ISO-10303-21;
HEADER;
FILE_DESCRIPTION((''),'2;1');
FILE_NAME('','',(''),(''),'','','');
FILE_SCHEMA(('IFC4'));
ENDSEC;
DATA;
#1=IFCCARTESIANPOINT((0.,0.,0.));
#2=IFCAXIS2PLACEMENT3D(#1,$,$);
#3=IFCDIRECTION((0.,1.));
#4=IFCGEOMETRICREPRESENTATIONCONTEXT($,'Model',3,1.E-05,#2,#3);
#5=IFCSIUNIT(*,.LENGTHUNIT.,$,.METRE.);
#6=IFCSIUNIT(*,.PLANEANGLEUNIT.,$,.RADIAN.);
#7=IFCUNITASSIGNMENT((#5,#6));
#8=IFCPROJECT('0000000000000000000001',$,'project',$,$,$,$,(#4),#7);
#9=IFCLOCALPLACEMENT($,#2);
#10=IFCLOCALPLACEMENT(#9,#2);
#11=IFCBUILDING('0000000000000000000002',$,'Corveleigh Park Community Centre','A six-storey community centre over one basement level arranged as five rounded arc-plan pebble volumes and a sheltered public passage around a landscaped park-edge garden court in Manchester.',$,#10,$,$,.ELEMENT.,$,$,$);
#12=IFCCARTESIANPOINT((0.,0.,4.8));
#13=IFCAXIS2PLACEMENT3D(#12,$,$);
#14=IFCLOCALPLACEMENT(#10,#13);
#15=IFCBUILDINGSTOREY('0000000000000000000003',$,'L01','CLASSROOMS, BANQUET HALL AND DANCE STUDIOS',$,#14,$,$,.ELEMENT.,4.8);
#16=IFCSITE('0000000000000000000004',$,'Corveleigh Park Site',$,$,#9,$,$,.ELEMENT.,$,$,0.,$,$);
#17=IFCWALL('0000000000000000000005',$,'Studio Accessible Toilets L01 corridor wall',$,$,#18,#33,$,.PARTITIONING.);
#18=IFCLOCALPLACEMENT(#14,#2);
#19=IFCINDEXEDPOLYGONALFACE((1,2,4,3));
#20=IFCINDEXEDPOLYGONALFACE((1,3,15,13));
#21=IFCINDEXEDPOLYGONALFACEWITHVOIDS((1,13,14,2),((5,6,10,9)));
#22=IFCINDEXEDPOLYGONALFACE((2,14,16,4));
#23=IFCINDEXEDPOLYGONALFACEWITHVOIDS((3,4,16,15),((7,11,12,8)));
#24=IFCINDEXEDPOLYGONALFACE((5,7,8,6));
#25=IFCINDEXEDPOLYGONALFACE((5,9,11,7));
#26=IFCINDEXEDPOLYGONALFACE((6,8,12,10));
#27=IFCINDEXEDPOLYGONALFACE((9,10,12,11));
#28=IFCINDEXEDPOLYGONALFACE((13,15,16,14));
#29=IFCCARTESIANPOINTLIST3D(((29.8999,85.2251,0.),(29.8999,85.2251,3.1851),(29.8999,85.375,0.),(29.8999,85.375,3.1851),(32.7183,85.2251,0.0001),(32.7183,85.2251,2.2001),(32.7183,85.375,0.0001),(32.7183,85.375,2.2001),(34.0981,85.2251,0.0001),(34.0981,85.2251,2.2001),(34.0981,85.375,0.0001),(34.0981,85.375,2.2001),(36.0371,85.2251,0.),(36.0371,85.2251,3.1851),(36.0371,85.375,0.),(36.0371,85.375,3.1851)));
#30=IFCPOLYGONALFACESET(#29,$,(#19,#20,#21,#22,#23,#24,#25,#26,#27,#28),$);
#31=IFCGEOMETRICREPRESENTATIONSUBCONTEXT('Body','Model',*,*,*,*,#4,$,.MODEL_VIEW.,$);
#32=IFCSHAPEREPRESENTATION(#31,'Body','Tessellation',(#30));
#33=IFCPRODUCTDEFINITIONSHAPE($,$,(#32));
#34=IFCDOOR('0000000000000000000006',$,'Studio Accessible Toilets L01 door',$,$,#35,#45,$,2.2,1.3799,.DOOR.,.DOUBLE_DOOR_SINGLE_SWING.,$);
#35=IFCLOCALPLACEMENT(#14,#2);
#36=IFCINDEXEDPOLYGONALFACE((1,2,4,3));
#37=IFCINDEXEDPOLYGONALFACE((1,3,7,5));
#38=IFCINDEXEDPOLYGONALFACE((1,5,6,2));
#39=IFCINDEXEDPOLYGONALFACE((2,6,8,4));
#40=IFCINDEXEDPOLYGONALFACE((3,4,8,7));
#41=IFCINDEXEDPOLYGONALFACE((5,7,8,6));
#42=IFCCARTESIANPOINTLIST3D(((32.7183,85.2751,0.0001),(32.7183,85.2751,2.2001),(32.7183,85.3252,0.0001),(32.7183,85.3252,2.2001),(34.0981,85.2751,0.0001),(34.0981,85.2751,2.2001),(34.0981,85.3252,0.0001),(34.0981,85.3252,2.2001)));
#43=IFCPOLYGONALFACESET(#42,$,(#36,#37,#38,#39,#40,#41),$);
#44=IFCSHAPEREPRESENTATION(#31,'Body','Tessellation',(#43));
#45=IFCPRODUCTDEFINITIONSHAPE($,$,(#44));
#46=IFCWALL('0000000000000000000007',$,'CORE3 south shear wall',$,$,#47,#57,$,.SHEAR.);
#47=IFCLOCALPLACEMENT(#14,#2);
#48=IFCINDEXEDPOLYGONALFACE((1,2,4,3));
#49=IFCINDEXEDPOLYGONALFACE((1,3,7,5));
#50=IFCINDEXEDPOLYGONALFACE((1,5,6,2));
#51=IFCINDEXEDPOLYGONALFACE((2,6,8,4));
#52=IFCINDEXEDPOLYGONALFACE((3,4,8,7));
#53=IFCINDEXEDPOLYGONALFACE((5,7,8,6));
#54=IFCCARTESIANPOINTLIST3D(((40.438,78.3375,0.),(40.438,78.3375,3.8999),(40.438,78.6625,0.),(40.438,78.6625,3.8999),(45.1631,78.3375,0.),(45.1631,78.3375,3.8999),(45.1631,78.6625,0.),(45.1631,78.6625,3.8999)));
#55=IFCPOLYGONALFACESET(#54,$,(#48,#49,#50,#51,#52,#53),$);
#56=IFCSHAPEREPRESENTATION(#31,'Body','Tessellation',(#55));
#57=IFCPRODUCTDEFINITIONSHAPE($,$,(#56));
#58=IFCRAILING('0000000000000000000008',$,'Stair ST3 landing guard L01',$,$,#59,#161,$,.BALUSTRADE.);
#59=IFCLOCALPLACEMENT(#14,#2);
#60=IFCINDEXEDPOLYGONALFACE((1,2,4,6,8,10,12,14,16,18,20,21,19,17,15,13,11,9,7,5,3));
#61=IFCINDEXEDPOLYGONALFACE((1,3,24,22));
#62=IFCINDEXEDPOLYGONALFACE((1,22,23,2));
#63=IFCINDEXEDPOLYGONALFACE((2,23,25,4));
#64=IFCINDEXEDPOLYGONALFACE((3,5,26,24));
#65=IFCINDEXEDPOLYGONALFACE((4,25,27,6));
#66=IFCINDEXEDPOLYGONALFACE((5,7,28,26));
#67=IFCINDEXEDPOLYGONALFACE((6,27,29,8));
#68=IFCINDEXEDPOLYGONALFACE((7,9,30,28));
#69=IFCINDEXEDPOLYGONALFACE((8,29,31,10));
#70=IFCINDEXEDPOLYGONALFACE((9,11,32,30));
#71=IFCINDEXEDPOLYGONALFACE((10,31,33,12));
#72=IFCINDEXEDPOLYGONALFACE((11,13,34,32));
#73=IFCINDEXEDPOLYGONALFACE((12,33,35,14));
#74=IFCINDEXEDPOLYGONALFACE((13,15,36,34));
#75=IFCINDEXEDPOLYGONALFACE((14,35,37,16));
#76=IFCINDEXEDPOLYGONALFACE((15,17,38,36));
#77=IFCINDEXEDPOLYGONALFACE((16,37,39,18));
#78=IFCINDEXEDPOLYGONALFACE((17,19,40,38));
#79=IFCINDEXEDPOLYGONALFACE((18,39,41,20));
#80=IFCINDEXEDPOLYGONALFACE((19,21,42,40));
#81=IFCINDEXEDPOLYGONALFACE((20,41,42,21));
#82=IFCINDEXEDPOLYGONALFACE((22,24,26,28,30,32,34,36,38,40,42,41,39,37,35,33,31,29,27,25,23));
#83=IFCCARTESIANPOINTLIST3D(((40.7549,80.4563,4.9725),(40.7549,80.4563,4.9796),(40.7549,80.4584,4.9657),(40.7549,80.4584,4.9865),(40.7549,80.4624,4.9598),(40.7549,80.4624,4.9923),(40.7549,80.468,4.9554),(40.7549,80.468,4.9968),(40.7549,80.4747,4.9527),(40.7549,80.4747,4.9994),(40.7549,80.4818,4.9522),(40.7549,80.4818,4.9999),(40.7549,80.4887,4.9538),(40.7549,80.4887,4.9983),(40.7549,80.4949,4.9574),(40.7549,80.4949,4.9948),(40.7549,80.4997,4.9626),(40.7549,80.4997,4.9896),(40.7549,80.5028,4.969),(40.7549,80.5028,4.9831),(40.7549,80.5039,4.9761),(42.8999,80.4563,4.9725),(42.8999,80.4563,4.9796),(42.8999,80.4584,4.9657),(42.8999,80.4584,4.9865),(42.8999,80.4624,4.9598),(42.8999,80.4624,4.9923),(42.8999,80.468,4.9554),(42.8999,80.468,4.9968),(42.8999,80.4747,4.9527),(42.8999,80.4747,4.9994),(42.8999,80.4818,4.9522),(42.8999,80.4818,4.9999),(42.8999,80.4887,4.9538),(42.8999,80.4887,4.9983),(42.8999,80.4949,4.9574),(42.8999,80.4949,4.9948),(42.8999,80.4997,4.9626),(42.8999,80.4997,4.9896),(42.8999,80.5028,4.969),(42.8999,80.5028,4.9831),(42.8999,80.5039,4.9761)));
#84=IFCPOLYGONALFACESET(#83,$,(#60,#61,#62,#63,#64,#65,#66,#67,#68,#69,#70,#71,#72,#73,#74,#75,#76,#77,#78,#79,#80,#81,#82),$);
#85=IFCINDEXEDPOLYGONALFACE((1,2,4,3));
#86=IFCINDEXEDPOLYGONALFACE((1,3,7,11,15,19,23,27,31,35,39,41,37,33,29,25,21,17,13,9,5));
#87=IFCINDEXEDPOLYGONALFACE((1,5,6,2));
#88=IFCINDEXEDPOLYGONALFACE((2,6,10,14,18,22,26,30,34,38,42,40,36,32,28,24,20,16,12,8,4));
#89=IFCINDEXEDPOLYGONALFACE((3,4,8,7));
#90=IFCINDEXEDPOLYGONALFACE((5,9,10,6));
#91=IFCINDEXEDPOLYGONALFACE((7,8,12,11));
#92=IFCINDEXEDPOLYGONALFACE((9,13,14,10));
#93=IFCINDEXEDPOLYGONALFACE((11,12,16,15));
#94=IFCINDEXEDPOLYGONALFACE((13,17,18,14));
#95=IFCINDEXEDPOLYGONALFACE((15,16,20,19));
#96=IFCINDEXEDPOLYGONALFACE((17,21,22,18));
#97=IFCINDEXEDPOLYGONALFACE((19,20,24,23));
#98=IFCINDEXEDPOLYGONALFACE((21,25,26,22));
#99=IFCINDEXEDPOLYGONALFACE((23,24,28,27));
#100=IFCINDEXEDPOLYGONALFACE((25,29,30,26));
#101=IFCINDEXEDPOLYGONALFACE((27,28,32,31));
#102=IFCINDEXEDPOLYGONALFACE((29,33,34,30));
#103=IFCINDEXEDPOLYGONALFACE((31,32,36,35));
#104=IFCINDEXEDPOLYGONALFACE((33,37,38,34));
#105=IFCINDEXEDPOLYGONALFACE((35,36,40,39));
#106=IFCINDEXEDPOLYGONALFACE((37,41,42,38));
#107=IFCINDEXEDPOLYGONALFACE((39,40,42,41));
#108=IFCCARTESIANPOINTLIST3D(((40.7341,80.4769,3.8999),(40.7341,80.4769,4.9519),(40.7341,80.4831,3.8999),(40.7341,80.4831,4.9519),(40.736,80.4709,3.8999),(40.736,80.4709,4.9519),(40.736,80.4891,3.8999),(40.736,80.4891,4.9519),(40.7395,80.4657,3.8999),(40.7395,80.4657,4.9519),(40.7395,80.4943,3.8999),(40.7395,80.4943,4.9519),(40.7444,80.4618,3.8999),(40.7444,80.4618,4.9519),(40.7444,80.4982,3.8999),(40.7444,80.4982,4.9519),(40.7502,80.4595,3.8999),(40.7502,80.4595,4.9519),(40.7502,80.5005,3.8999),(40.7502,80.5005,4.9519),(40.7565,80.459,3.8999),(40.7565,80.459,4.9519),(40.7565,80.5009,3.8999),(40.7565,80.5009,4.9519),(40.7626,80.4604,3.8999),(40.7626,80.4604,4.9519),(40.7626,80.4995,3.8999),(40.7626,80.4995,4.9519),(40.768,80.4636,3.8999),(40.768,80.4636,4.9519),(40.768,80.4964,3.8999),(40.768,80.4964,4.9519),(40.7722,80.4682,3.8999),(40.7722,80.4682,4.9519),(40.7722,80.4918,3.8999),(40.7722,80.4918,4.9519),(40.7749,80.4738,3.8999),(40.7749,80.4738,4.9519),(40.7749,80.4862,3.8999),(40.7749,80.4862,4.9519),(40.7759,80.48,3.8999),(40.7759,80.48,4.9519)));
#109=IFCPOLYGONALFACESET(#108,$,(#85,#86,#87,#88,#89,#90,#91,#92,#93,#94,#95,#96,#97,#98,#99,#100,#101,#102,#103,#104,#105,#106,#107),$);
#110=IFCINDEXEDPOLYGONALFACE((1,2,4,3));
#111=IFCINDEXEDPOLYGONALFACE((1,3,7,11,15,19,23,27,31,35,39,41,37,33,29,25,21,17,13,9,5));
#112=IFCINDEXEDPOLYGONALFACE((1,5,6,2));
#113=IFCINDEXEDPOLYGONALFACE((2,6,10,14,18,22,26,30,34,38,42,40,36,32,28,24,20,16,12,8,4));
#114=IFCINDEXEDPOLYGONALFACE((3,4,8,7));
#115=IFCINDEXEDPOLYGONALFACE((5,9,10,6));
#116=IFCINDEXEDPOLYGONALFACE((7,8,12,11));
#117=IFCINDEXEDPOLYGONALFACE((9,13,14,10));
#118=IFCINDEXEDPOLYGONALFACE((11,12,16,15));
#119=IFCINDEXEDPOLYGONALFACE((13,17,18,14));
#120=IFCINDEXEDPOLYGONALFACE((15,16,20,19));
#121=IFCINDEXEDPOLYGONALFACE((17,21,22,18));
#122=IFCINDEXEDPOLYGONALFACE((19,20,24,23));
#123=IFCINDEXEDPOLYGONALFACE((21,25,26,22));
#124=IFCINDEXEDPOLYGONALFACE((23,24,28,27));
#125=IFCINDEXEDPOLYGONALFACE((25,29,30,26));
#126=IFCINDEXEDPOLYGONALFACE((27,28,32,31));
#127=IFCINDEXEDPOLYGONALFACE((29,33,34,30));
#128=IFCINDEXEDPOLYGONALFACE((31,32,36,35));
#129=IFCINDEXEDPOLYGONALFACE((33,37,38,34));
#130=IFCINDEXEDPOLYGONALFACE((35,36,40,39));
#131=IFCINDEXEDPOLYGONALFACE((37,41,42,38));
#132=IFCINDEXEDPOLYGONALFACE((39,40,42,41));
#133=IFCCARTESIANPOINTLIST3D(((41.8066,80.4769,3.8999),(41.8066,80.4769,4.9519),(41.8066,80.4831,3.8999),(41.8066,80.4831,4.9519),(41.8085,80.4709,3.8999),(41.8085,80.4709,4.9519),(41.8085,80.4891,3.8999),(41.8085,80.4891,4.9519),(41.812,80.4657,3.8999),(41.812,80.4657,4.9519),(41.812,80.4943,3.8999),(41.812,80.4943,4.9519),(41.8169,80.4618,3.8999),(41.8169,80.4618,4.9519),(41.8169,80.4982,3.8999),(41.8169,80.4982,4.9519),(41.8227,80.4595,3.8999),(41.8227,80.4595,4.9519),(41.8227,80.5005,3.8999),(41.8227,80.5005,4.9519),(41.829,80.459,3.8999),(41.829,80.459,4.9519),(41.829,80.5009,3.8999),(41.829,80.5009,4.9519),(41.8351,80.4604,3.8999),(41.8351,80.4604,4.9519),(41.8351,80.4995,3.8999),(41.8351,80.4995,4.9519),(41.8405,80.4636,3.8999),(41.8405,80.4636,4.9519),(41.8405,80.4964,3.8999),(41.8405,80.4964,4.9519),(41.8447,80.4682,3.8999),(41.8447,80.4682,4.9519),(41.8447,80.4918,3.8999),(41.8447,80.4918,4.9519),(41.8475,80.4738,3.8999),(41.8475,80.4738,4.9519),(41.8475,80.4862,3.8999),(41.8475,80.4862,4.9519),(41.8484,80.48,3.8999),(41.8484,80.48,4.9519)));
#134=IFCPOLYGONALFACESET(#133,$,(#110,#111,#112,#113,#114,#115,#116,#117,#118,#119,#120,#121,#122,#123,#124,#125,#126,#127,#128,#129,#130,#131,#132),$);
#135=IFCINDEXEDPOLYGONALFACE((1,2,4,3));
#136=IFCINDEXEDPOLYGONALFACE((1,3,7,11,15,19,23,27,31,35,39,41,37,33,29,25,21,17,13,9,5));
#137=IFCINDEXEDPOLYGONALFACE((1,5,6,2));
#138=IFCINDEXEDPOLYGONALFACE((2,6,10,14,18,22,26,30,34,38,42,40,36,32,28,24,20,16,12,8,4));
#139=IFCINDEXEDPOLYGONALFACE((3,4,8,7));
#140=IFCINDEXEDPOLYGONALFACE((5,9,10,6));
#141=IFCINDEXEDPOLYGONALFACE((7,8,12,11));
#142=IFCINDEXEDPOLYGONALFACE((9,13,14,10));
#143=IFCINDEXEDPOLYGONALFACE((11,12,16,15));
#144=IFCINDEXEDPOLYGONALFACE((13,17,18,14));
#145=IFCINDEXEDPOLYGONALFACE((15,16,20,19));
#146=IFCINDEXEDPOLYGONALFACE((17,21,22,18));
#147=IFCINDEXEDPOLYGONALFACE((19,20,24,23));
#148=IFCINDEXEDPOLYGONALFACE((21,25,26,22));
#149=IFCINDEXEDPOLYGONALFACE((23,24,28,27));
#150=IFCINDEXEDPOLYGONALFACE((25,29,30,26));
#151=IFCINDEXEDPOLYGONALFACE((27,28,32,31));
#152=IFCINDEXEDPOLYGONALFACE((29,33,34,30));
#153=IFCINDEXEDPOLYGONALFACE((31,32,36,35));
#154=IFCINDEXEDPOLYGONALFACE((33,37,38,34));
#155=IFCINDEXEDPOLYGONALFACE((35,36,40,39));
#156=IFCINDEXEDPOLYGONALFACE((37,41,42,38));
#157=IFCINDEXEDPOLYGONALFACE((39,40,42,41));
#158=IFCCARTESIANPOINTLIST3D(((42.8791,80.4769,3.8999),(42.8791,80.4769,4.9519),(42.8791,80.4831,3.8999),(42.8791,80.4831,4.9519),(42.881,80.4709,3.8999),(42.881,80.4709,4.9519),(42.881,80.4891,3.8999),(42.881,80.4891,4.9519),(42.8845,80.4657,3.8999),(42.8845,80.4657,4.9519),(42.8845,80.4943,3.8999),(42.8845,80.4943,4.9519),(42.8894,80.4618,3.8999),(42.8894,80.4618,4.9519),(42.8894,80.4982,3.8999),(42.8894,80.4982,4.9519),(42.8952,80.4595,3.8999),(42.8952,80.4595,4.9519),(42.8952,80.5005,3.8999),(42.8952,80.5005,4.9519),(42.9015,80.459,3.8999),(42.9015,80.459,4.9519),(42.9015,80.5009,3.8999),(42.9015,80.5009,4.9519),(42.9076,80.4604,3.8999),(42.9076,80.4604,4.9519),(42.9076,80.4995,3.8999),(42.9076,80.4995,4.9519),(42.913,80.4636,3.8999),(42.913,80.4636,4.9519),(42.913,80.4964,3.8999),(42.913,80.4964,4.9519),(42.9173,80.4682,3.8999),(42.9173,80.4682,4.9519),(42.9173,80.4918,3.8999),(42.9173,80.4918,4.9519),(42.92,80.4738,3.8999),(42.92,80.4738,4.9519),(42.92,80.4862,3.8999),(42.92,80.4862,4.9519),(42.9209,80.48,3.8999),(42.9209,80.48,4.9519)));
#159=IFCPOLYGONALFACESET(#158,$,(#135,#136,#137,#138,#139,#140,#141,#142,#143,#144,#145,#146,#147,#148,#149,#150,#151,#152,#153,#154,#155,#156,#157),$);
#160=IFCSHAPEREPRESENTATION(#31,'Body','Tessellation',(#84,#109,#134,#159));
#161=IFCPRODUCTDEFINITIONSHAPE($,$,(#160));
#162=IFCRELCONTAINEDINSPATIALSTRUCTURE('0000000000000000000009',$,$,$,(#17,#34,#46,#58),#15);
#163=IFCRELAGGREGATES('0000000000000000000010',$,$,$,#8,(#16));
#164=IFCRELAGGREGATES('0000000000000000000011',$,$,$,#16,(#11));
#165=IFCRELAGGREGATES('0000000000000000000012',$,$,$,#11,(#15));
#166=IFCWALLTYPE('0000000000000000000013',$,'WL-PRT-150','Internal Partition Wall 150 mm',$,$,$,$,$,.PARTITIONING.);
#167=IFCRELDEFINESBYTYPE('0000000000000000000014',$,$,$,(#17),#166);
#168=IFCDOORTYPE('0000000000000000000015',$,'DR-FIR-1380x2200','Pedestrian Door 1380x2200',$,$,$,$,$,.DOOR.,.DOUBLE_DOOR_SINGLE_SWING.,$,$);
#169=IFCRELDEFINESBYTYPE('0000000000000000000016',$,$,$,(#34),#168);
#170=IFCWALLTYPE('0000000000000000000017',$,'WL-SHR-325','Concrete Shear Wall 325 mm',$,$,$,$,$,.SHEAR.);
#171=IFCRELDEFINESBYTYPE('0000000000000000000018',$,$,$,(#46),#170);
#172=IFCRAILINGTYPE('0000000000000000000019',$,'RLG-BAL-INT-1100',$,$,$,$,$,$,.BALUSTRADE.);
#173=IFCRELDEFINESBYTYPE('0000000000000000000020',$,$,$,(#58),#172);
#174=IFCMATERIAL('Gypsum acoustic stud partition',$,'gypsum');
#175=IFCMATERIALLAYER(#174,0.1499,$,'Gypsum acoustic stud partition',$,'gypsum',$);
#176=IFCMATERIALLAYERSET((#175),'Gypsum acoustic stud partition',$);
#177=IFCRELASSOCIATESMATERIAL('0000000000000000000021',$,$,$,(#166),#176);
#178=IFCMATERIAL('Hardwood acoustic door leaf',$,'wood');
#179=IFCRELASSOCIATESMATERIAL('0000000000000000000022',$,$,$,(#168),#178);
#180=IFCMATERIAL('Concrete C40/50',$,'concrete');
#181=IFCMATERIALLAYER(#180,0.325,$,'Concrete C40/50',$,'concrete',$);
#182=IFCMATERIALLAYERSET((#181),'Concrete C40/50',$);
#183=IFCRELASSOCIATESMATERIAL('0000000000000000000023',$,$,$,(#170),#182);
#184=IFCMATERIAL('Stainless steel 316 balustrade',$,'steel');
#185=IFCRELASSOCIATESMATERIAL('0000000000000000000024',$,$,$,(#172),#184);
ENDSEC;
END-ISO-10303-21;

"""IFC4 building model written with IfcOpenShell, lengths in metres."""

from ifc_helpers import new_model, si_unit, direction, frame, frame_2d, origin, origin_2d, place, context, subcontext, project, spatial, rectangle, circle, extrude, material, layer, layer_set, type_object, element, fill, save


model = new_model("IFC4")

# Units and contexts
model_context = context("Model", 3, precision=1e-05, world=origin(), true_north=direction((0.0, 1.0)))
body_context = subcontext(model_context, "Body", "Model", "MODEL_VIEW")
ifc_project = project(units=[si_unit("LENGTHUNIT", "METRE"), si_unit("PLANEANGLEUNIT", "RADIAN")], contexts=[model_context])

# Site, building, storey
site_placement = place(None, origin())
site = spatial("IfcSite", under=ifc_project, at=site_placement, Name="Corveleigh Park Site", CompositionType="ELEMENT", RefElevation=0.0)
building_placement = place(site_placement, origin())
building = spatial("IfcBuilding", under=site, at=building_placement, Name="Corveleigh Park Community Centre", Description="A six-storey community centre over one basement level arranged as five rounded arc-plan pebble volumes and a sheltered public passage around a landscaped park-edge garden court in Manchester.", CompositionType="ELEMENT")
storey_placement = place(building_placement, frame((0.0, 0.0, 4.8)))
storey = spatial("IfcBuildingStorey", under=building, at=storey_placement, Name="L01", Description="CLASSROOMS, BANQUET HALL AND DANCE STUDIOS", CompositionType="ELEMENT", Elevation=4.8)

# Shared definitions
ifc_material_1 = material(Name="Gypsum acoustic stud partition", Category="gypsum")
ifc_material_2 = material(Name="Hardwood acoustic door leaf", Category="wood")

# Shared definitions
ifc_layer_1 = layer(ifc_material_1, 0.1499, Name="Gypsum acoustic stud partition", Category="gypsum")
ifc_layer_set_1 = layer_set([ifc_layer_1], Name="Gypsum acoustic stud partition")
wall_type_1 = type_object("IfcWallType", Name="WL-PRT-150", Description="Internal Partition Wall 150 mm", PredefinedType="PARTITIONING", material=ifc_layer_set_1)

# Wall, opening, door
door_type_1 = type_object("IfcDoorType", Name="DR-FIR-1380x2200", Description="Pedestrian Door 1380x2200", OperationType="DOUBLE_DOOR_SINGLE_SWING", PredefinedType="DOOR", material=ifc_material_2)
wall_1_placement = place(storey_placement, frame((36.0371, 85.3, 0.0), z_axis=(0.0, 0.0, 1.0), x_axis=(-1.0, 0.0, 0.0)))
wall_1 = element("IfcWall", 1, at=wall_1_placement, inside=storey, type_object=wall_type_1, Name="Studio Accessible Toilets L01 corridor wall", PredefinedType="PARTITIONING", context=body_context, shape_type="SweptSolid", body=[
    extrude(rectangle(XDim=6.1372, YDim=0.1499, at=frame_2d((3.0686, 0.0))), origin(), (0.0, 0.0, 1.0), 3.1851),
])
opening_1_placement = place(wall_1_placement, frame((1.939, 0.0, 0.0)))
opening_1 = element("IfcOpeningElement", 2, at=opening_1_placement, cuts=wall_1, PredefinedType="OPENING", context=body_context, shape_type="SweptSolid", body=[
    extrude(rectangle(XDim=1.3799, YDim=2.2, at=frame_2d((0.6899, 1.1001))), frame((0.0, 0.085, 0.0), z_axis=(0.0, -1.0, 0.0), x_axis=(1.0, 0.0, 0.0)), (0.0, 0.0, 1.0), 0.1699),
])
door_1_placement = place(opening_1_placement, origin())
door_1 = element("IfcDoor", 3, at=door_1_placement, inside=storey, type_object=door_type_1, Name="Studio Accessible Toilets L01 door", OperationType="DOUBLE_DOOR_SINGLE_SWING", OverallHeight=2.2, OverallWidth=1.3799, PredefinedType="DOOR", context=body_context, shape_type="SweptSolid", body=[
    extrude(rectangle(XDim=1.3799, YDim=2.2, at=frame_2d((0.6899, 1.1001))), frame((0.0, 0.0249, 0.0), z_axis=(0.0, -1.0, 0.0), x_axis=(1.0, 0.0, 0.0)), (0.0, 0.0, 1.0), 0.05),
])
fill(opening_1, door_1)

# Wall
ifc_material_3 = material(Name="Concrete C40/50", Category="concrete")
ifc_layer_2 = layer(ifc_material_3, 0.325, Name="Concrete C40/50", Category="concrete")
ifc_layer_set_2 = layer_set([ifc_layer_2], Name="Concrete C40/50")
wall_type_2 = type_object("IfcWallType", Name="WL-SHR-325", Description="Concrete Shear Wall 325 mm", PredefinedType="SHEAR", material=ifc_layer_set_2)
wall_2_placement = place(storey_placement, frame((40.438, 78.5, 0.0), z_axis=(0.0, 0.0, 1.0), x_axis=(1.0, 0.0, 0.0)))
element("IfcWall", 4, at=wall_2_placement, inside=storey, type_object=wall_type_2, Name="CORE3 south shear wall", PredefinedType="SHEAR", context=body_context, shape_type="SweptSolid", body=[
    extrude(rectangle(XDim=4.7251, YDim=0.325, at=frame_2d((2.3625, 0.0))), origin(), (0.0, 0.0, 1.0), 3.8999),
])

# Railing
ifc_material_4 = material(Name="Stainless steel 316 balustrade", Category="steel")
railing_type = type_object("IfcRailingType", Name="RLG-BAL-INT-1100", PredefinedType="BALUSTRADE", material=ifc_material_4)
railing_1_placement = place(storey_placement, frame((40.7549, 80.48, 3.8999)))
element("IfcRailing", 5, at=railing_1_placement, inside=storey, type_object=railing_type, Name="Stair ST3 landing guard L01", PredefinedType="BALUSTRADE", context=body_context, shape_type="SweptSolid", body=[
    extrude(circle(Radius=0.0239, at=origin_2d()), frame((0.0, 0.0, 1.0762), z_axis=(1.0, 0.0, 0.0), x_axis=(0.0, 1.0, 0.0)), (0.0, 0.0, 1.0), 2.145),
    extrude(circle(Radius=0.021, at=origin_2d()), origin(), (0.0, 0.0, 1.0), 1.052),
    extrude(circle(Radius=0.021, at=origin_2d()), frame((1.0725, 0.0, 0.0)), (0.0, 0.0, 1.0), 1.052),
    extrude(circle(Radius=0.021, at=origin_2d()), frame((2.145, 0.0, 0.0)), (0.0, 0.0, 1.0), 1.052),
])

save(model, "model.ifc")
